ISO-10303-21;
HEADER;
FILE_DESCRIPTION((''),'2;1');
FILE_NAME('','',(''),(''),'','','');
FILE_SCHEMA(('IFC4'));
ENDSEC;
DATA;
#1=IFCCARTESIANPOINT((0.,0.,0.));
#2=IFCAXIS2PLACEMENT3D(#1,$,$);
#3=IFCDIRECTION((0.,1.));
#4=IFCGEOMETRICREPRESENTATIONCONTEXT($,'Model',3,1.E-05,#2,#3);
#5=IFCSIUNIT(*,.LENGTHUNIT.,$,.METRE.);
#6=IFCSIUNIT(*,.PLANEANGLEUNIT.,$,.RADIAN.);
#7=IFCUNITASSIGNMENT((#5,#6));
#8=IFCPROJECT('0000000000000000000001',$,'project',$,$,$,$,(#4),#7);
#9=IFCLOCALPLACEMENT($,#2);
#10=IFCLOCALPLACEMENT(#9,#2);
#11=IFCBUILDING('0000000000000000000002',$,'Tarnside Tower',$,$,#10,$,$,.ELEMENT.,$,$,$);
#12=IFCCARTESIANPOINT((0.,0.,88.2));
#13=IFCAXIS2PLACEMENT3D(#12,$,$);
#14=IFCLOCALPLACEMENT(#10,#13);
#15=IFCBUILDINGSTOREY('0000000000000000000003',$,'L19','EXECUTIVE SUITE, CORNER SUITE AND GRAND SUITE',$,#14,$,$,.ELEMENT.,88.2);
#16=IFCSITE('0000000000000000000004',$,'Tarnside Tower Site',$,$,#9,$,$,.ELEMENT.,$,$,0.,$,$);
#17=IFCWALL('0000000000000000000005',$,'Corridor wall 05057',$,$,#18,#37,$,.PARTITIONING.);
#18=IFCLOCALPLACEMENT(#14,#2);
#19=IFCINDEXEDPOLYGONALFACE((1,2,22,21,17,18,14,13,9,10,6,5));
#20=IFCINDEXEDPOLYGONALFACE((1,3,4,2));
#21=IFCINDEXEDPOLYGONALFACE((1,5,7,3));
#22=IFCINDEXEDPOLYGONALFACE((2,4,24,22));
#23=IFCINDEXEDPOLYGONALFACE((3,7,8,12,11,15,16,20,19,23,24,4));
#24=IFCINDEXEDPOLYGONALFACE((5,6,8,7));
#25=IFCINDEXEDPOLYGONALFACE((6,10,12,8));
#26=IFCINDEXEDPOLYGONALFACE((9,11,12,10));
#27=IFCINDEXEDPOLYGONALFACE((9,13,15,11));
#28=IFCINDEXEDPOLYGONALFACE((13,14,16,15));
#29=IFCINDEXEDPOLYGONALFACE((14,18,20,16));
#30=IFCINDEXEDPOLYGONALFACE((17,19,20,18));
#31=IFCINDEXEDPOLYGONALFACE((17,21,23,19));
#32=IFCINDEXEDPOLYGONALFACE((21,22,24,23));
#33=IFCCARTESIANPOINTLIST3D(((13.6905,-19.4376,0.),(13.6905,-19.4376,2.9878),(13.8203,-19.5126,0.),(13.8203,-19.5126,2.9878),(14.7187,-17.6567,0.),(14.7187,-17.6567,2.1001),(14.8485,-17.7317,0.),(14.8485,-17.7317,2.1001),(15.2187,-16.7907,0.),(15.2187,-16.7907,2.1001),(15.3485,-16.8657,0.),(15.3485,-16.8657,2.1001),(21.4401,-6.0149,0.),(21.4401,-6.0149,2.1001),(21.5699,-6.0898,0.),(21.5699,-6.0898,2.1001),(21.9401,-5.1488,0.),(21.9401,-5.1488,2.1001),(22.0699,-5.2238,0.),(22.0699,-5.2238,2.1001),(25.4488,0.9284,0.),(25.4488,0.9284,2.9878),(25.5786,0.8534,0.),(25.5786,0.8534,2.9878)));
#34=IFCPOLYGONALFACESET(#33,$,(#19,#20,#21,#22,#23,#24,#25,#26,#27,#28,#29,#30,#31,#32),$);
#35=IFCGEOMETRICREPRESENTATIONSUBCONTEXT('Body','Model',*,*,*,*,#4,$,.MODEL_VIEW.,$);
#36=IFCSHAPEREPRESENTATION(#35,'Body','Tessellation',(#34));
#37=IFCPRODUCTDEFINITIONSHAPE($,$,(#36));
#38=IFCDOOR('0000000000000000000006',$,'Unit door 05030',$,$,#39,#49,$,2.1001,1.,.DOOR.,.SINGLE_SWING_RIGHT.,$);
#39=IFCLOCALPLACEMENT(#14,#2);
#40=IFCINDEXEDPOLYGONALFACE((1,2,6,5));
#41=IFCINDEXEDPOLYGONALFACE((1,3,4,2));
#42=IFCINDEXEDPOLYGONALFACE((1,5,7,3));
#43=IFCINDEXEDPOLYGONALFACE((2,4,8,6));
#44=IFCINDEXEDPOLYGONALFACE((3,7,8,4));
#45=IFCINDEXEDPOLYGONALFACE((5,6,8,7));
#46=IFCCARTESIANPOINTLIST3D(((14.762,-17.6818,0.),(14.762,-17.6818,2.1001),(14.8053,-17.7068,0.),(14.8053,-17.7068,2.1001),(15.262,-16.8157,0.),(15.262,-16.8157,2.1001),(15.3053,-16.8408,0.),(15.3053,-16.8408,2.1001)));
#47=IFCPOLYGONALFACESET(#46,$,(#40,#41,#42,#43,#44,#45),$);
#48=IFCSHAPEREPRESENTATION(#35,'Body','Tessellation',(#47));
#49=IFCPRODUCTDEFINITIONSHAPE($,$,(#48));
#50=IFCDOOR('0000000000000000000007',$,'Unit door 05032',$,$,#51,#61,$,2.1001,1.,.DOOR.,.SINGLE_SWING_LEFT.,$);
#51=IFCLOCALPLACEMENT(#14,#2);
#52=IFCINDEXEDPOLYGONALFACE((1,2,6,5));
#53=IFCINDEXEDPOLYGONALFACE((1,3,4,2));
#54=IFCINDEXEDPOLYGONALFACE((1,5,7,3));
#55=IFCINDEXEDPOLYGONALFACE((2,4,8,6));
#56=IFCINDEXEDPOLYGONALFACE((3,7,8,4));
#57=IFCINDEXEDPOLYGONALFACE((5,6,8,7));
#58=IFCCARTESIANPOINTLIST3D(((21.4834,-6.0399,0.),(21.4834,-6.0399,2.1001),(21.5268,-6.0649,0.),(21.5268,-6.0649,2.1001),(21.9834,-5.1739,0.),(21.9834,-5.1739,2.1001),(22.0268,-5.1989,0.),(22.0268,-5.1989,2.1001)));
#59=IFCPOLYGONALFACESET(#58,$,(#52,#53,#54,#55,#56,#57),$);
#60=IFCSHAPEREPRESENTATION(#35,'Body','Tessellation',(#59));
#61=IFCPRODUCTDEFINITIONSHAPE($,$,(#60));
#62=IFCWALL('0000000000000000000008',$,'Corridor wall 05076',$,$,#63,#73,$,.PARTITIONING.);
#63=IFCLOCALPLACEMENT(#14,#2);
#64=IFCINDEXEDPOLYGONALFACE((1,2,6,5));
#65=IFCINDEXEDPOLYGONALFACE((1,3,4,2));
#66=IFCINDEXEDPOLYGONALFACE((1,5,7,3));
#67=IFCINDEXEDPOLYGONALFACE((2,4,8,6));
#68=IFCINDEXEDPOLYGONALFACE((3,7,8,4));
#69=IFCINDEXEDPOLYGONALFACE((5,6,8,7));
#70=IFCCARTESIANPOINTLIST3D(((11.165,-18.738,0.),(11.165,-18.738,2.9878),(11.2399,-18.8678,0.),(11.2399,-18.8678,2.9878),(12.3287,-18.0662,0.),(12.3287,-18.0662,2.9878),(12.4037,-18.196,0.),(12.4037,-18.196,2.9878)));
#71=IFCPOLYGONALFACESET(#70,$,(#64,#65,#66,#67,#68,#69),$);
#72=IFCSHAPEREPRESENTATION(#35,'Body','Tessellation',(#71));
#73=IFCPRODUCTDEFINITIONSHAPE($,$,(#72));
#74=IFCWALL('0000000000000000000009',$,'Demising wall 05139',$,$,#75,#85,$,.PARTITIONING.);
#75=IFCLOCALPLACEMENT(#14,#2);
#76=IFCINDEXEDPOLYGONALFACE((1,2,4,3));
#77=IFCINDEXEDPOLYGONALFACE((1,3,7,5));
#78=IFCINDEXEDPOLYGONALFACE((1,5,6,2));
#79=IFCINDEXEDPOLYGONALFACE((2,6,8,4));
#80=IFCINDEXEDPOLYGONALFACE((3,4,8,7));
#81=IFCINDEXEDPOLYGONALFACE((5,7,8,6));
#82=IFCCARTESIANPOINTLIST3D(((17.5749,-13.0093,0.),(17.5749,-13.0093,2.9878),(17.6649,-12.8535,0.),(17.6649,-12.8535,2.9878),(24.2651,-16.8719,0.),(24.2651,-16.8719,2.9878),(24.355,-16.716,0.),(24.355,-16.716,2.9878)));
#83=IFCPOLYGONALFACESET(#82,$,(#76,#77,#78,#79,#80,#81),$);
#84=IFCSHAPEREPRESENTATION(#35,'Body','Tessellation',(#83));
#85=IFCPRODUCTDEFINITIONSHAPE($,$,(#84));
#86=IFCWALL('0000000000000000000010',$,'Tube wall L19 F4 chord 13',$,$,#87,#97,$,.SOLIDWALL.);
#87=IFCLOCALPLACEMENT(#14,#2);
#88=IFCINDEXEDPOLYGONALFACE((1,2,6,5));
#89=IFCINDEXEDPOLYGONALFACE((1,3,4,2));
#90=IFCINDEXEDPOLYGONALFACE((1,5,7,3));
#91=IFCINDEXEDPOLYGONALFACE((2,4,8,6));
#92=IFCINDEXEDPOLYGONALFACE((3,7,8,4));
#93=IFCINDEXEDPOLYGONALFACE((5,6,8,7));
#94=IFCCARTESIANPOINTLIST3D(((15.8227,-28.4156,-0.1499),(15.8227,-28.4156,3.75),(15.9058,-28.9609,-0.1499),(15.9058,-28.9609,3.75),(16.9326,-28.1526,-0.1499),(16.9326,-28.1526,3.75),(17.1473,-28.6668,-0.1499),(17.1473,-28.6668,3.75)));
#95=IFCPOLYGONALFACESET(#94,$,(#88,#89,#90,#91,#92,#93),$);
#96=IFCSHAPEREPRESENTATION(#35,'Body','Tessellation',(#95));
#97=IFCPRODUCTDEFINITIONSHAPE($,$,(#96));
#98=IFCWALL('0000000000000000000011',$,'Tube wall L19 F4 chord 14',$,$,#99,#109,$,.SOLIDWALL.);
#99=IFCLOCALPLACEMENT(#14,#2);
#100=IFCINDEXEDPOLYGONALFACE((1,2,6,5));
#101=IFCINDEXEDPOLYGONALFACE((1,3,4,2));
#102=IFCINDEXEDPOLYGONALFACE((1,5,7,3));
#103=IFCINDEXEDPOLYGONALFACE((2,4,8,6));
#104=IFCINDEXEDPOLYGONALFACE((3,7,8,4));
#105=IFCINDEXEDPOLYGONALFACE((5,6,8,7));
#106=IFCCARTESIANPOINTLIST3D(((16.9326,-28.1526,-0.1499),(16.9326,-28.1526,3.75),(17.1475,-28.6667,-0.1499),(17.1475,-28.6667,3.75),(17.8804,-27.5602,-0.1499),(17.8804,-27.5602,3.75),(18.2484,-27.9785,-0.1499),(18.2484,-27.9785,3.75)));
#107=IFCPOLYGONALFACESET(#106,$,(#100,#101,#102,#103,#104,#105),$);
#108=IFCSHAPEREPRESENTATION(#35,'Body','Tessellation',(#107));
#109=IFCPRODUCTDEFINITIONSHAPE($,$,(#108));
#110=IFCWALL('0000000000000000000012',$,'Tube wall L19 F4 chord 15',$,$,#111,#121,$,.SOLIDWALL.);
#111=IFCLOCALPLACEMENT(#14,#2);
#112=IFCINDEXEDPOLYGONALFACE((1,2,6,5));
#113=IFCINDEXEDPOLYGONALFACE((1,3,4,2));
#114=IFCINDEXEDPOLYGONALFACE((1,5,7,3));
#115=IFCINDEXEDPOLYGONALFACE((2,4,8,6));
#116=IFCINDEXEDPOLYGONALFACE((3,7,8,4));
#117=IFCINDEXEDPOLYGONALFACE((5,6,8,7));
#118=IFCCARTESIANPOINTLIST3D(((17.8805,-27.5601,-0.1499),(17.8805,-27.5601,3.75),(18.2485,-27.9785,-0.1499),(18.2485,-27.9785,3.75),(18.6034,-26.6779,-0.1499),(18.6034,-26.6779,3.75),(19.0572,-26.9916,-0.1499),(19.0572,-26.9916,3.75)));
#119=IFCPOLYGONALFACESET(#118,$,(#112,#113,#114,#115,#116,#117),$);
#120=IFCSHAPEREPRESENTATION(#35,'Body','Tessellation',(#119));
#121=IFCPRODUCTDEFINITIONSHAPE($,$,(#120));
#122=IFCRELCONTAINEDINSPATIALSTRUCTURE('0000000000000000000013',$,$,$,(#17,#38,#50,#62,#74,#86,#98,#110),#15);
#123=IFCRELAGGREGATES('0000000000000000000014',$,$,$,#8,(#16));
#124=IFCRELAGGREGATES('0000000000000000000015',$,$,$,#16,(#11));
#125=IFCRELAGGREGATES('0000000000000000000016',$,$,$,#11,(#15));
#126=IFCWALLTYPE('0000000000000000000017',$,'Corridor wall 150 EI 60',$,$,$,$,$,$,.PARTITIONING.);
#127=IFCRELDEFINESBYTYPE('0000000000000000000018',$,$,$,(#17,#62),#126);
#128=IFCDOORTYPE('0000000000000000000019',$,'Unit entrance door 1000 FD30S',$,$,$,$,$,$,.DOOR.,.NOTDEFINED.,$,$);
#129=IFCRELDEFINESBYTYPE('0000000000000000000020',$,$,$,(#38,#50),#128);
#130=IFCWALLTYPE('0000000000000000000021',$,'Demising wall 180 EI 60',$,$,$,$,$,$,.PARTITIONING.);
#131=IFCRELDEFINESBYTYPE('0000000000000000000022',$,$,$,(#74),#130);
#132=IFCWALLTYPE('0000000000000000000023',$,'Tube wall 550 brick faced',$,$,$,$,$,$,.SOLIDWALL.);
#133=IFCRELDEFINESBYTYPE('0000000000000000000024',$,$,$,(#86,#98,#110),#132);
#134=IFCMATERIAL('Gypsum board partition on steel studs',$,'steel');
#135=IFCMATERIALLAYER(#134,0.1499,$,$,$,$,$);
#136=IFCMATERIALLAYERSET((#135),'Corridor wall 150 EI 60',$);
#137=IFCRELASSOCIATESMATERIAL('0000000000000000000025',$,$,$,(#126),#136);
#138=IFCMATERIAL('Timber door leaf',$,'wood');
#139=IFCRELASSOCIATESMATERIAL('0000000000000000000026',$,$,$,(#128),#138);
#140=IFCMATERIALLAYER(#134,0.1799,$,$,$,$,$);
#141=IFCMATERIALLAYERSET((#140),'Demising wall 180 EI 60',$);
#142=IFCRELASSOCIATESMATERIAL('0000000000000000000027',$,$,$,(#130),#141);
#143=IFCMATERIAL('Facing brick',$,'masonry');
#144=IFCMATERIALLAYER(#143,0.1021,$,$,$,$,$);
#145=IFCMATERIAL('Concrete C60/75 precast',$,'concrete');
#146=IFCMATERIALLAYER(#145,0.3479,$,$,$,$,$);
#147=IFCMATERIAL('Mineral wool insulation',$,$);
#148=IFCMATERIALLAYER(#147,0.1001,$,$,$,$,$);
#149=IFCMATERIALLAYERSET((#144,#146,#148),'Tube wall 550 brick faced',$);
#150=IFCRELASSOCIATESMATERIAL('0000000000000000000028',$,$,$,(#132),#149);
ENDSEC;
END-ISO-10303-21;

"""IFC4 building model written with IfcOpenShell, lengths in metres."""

from ifc_helpers import new_model, si_unit, direction, frame, frame_2d, origin, place, context, subcontext, project, spatial, polyline, rectangle, outline, extrude, material, layer, layer_set, type_object, element, fill, save


model = new_model("IFC4")

# Units and contexts
model_context = context("Model", 3, precision=1e-05, world=origin(), true_north=direction((0.0, 1.0)))
body_context = subcontext(model_context, "Body", "Model", "MODEL_VIEW")
ifc_project = project(units=[si_unit("LENGTHUNIT", "METRE"), si_unit("PLANEANGLEUNIT", "RADIAN")], contexts=[model_context])

# Site, building, storey
site_placement = place(None, origin())
site = spatial("IfcSite", under=ifc_project, at=site_placement, Name="Tarnside Tower Site", CompositionType="ELEMENT", RefElevation=0.0)
building_placement = place(site_placement, origin())
building = spatial("IfcBuilding", under=site, at=building_placement, Name="Tarnside Tower", CompositionType="ELEMENT")
storey_placement = place(building_placement, frame((0.0, 0.0, 88.2)))
storey = spatial("IfcBuildingStorey", under=building, at=storey_placement, Name="L19", Description="EXECUTIVE SUITE, CORNER SUITE AND GRAND SUITE", CompositionType="ELEMENT", Elevation=88.2)

# Shared definitions
ifc_material_1 = material(Name="Gypsum board partition on steel studs", Category="steel")
ifc_layer_1 = layer(ifc_material_1, 0.1499)
ifc_layer_set_1 = layer_set([ifc_layer_1], Name="Corridor wall 150 EI 60")
wall_type_1 = type_object("IfcWallType", Name="Corridor wall 150 EI 60", PredefinedType="PARTITIONING", material=ifc_layer_set_1)

# Shared definitions
ifc_material_2 = material(Name="Timber door leaf", Category="wood")

# Wall, openings, doors
wall_1_placement = place(storey_placement, frame((13.7554, -19.4751, 0.0), z_axis=(0.0, 0.0, 1.0), x_axis=(0.5, 0.866025, 0.0)))
wall_1 = element("IfcWall", 1, at=wall_1_placement, inside=storey, type_object=wall_type_1, Name="Corridor wall 05057", PredefinedType="PARTITIONING", context=body_context, shape_type="SweptSolid", body=[
    extrude(rectangle(XDim=23.5166, YDim=0.1499, at=frame_2d((11.7583, 0.0))), origin(), (0.0, 0.0, 1.0), 2.9878),
])
opening_1_placement = place(wall_1_placement, frame((2.0564, 0.0, 0.0)))
opening_1 = element("IfcOpeningElement", 2, at=opening_1_placement, cuts=wall_1, PredefinedType="OPENING", context=body_context, shape_type="SweptSolid", body=[
    extrude(rectangle(XDim=1.0, YDim=2.1001, at=frame_2d((0.5, 1.05))), frame((0.0, 0.085, 0.0), z_axis=(0.0, -1.0, 0.0), x_axis=(1.0, 0.0, 0.0)), (0.0, 0.0, 1.0), 0.1699),
])
opening_2_placement = place(wall_1_placement, frame((15.4993, 0.0, 0.0)))
opening_2 = element("IfcOpeningElement", 3, at=opening_2_placement, cuts=wall_1, PredefinedType="OPENING", context=body_context, shape_type="SweptSolid", body=[
    extrude(rectangle(XDim=1.0, YDim=2.1001, at=frame_2d((0.5, 1.05))), frame((0.0, 0.085, 0.0), z_axis=(0.0, -1.0, 0.0), x_axis=(1.0, 0.0, 0.0)), (0.0, 0.0, 1.0), 0.1699),
])
door_type_1 = type_object("IfcDoorType", Name="Unit entrance door 1000 FD30S", OperationType="NOTDEFINED", PredefinedType="DOOR", material=ifc_material_2)
door_1_placement = place(opening_1_placement, origin())
door_1 = element("IfcDoor", 4, at=door_1_placement, inside=storey, type_object=door_type_1, Name="Unit door 05030", OperationType="SINGLE_SWING_RIGHT", OverallHeight=2.1001, OverallWidth=1.0, PredefinedType="DOOR", context=body_context, shape_type="SweptSolid", body=[
    extrude(rectangle(XDim=1.0, YDim=2.1001, at=frame_2d((0.5, 1.05))), frame((0.0, 0.0249, 0.0), z_axis=(0.0, -1.0, 0.0), x_axis=(1.0, 0.0, 0.0)), (0.0, 0.0, 1.0), 0.05),
])
fill(opening_1, door_1)
door_2_placement = place(opening_2_placement, origin())
door_2 = element("IfcDoor", 5, at=door_2_placement, inside=storey, type_object=door_type_1, Name="Unit door 05032", OperationType="SINGLE_SWING_LEFT", OverallHeight=2.1001, OverallWidth=1.0, PredefinedType="DOOR", context=body_context, shape_type="SweptSolid", body=[
    extrude(rectangle(XDim=1.0, YDim=2.1001, at=frame_2d((0.5, 1.05))), frame((0.0, 0.0249, 0.0), z_axis=(0.0, -1.0, 0.0), x_axis=(1.0, 0.0, 0.0)), (0.0, 0.0, 1.0), 0.05),
])
fill(opening_2, door_2)

# Walls
wall_2_placement = place(storey_placement, frame((12.3662, -18.1311, 0.0), z_axis=(0.0, 0.0, 1.0), x_axis=(-0.866043, -0.499969, 0.0)))
element("IfcWall", 6, at=wall_2_placement, inside=storey, type_object=wall_type_1, Name="Corridor wall 05076", PredefinedType="PARTITIONING", context=body_context, shape_type="SweptSolid", body=[
    extrude(rectangle(XDim=1.3438, YDim=0.1499, at=frame_2d((0.6719, 0.0))), origin(), (0.0, 0.0, 1.0), 2.9878),
])
ifc_layer_2 = layer(ifc_material_1, 0.1799)
ifc_layer_set_2 = layer_set([ifc_layer_2], Name="Demising wall 180 EI 60")
wall_type_2 = type_object("IfcWallType", Name="Demising wall 180 EI 60", PredefinedType="PARTITIONING", material=ifc_layer_set_2)
wall_3_placement = place(storey_placement, frame((24.3101, -16.7939, 0.0), z_axis=(0.0, 0.0, 1.0), x_axis=(-0.866027, 0.499997, 0.0)))
element("IfcWall", 7, at=wall_3_placement, inside=storey, type_object=wall_type_2, Name="Demising wall 05139", PredefinedType="PARTITIONING", context=body_context, shape_type="SweptSolid", body=[
    extrude(rectangle(XDim=7.7251, YDim=0.1799, at=frame_2d((3.8625, 0.0))), origin(), (0.0, 0.0, 1.0), 2.9878),
])
ifc_material_3 = material(Name="Facing brick", Category="masonry")
ifc_layer_3 = layer(ifc_material_3, 0.1021)
ifc_material_4 = material(Name="Concrete C60/75 precast", Category="concrete")
ifc_layer_4 = layer(ifc_material_4, 0.3479)
ifc_material_5 = material(Name="Mineral wool insulation")
ifc_layer_5 = layer(ifc_material_5, 0.1001)
ifc_layer_set_3 = layer_set([ifc_layer_3, ifc_layer_4, ifc_layer_5], Name="Tube wall 550 brick faced")
wall_type_3 = type_object("IfcWallType", Name="Tube wall 550 brick faced", PredefinedType="SOLIDWALL", material=ifc_layer_set_3)
wall_4_placement = place(storey_placement, frame((15.8643, -28.6882, -0.1499), z_axis=(0.0, 0.0, 1.0), x_axis=(0.973064, 0.230537, 0.0)))
element("IfcWall", 8, at=wall_4_placement, inside=storey, type_object=wall_type_3, Name="Tube wall L19 F4 chord 13", PredefinedType="SOLIDWALL", context=body_context, shape_type="SweptSolid", body=[
    extrude(outline(polyline([(-0.0225, -0.2749), (1.2534, -0.2749), (1.1631, 0.2749), (0.0225, 0.2749), (-0.0225, -0.2749)])), origin(), (0.0, 0.0, 1.0), 3.8999),
])
wall_5_placement = place(storey_placement, frame((17.04, -28.4097, -0.1499), z_axis=(0.0, 0.0, 1.0), x_axis=(0.847953, 0.530072, 0.0)))
element("IfcWall", 9, at=wall_5_placement, inside=storey, type_object=wall_type_3, Name="Tube wall L19 F4 chord 14", PredefinedType="SOLIDWALL", context=body_context, shape_type="SweptSolid", body=[
    extrude(outline(polyline([(-0.0452, -0.2749), (1.2532, -0.2749), (1.1628, 0.2749), (0.0452, 0.2749), (-0.0452, -0.2749)])), origin(), (0.0, 0.0, 1.0), 3.8999),
])
wall_6_placement = place(storey_placement, frame((18.0645, -27.7693, -0.1499), z_axis=(0.0, 0.0, 1.0), x_axis=(0.633843, 0.773462, 0.0)))
element("IfcWall", 10, at=wall_6_placement, inside=storey, type_object=wall_type_3, Name="Tube wall L19 F4 chord 15", PredefinedType="SOLIDWALL", context=body_context, shape_type="SweptSolid", body=[
    extrude(outline(polyline([(-0.0452, -0.2749), (1.2307, -0.2749), (1.1858, 0.2749), (0.0452, 0.2749), (-0.0452, -0.2749)])), origin(), (0.0, 0.0, 1.0), 3.8999),
])

save(model, "model.ifc")
